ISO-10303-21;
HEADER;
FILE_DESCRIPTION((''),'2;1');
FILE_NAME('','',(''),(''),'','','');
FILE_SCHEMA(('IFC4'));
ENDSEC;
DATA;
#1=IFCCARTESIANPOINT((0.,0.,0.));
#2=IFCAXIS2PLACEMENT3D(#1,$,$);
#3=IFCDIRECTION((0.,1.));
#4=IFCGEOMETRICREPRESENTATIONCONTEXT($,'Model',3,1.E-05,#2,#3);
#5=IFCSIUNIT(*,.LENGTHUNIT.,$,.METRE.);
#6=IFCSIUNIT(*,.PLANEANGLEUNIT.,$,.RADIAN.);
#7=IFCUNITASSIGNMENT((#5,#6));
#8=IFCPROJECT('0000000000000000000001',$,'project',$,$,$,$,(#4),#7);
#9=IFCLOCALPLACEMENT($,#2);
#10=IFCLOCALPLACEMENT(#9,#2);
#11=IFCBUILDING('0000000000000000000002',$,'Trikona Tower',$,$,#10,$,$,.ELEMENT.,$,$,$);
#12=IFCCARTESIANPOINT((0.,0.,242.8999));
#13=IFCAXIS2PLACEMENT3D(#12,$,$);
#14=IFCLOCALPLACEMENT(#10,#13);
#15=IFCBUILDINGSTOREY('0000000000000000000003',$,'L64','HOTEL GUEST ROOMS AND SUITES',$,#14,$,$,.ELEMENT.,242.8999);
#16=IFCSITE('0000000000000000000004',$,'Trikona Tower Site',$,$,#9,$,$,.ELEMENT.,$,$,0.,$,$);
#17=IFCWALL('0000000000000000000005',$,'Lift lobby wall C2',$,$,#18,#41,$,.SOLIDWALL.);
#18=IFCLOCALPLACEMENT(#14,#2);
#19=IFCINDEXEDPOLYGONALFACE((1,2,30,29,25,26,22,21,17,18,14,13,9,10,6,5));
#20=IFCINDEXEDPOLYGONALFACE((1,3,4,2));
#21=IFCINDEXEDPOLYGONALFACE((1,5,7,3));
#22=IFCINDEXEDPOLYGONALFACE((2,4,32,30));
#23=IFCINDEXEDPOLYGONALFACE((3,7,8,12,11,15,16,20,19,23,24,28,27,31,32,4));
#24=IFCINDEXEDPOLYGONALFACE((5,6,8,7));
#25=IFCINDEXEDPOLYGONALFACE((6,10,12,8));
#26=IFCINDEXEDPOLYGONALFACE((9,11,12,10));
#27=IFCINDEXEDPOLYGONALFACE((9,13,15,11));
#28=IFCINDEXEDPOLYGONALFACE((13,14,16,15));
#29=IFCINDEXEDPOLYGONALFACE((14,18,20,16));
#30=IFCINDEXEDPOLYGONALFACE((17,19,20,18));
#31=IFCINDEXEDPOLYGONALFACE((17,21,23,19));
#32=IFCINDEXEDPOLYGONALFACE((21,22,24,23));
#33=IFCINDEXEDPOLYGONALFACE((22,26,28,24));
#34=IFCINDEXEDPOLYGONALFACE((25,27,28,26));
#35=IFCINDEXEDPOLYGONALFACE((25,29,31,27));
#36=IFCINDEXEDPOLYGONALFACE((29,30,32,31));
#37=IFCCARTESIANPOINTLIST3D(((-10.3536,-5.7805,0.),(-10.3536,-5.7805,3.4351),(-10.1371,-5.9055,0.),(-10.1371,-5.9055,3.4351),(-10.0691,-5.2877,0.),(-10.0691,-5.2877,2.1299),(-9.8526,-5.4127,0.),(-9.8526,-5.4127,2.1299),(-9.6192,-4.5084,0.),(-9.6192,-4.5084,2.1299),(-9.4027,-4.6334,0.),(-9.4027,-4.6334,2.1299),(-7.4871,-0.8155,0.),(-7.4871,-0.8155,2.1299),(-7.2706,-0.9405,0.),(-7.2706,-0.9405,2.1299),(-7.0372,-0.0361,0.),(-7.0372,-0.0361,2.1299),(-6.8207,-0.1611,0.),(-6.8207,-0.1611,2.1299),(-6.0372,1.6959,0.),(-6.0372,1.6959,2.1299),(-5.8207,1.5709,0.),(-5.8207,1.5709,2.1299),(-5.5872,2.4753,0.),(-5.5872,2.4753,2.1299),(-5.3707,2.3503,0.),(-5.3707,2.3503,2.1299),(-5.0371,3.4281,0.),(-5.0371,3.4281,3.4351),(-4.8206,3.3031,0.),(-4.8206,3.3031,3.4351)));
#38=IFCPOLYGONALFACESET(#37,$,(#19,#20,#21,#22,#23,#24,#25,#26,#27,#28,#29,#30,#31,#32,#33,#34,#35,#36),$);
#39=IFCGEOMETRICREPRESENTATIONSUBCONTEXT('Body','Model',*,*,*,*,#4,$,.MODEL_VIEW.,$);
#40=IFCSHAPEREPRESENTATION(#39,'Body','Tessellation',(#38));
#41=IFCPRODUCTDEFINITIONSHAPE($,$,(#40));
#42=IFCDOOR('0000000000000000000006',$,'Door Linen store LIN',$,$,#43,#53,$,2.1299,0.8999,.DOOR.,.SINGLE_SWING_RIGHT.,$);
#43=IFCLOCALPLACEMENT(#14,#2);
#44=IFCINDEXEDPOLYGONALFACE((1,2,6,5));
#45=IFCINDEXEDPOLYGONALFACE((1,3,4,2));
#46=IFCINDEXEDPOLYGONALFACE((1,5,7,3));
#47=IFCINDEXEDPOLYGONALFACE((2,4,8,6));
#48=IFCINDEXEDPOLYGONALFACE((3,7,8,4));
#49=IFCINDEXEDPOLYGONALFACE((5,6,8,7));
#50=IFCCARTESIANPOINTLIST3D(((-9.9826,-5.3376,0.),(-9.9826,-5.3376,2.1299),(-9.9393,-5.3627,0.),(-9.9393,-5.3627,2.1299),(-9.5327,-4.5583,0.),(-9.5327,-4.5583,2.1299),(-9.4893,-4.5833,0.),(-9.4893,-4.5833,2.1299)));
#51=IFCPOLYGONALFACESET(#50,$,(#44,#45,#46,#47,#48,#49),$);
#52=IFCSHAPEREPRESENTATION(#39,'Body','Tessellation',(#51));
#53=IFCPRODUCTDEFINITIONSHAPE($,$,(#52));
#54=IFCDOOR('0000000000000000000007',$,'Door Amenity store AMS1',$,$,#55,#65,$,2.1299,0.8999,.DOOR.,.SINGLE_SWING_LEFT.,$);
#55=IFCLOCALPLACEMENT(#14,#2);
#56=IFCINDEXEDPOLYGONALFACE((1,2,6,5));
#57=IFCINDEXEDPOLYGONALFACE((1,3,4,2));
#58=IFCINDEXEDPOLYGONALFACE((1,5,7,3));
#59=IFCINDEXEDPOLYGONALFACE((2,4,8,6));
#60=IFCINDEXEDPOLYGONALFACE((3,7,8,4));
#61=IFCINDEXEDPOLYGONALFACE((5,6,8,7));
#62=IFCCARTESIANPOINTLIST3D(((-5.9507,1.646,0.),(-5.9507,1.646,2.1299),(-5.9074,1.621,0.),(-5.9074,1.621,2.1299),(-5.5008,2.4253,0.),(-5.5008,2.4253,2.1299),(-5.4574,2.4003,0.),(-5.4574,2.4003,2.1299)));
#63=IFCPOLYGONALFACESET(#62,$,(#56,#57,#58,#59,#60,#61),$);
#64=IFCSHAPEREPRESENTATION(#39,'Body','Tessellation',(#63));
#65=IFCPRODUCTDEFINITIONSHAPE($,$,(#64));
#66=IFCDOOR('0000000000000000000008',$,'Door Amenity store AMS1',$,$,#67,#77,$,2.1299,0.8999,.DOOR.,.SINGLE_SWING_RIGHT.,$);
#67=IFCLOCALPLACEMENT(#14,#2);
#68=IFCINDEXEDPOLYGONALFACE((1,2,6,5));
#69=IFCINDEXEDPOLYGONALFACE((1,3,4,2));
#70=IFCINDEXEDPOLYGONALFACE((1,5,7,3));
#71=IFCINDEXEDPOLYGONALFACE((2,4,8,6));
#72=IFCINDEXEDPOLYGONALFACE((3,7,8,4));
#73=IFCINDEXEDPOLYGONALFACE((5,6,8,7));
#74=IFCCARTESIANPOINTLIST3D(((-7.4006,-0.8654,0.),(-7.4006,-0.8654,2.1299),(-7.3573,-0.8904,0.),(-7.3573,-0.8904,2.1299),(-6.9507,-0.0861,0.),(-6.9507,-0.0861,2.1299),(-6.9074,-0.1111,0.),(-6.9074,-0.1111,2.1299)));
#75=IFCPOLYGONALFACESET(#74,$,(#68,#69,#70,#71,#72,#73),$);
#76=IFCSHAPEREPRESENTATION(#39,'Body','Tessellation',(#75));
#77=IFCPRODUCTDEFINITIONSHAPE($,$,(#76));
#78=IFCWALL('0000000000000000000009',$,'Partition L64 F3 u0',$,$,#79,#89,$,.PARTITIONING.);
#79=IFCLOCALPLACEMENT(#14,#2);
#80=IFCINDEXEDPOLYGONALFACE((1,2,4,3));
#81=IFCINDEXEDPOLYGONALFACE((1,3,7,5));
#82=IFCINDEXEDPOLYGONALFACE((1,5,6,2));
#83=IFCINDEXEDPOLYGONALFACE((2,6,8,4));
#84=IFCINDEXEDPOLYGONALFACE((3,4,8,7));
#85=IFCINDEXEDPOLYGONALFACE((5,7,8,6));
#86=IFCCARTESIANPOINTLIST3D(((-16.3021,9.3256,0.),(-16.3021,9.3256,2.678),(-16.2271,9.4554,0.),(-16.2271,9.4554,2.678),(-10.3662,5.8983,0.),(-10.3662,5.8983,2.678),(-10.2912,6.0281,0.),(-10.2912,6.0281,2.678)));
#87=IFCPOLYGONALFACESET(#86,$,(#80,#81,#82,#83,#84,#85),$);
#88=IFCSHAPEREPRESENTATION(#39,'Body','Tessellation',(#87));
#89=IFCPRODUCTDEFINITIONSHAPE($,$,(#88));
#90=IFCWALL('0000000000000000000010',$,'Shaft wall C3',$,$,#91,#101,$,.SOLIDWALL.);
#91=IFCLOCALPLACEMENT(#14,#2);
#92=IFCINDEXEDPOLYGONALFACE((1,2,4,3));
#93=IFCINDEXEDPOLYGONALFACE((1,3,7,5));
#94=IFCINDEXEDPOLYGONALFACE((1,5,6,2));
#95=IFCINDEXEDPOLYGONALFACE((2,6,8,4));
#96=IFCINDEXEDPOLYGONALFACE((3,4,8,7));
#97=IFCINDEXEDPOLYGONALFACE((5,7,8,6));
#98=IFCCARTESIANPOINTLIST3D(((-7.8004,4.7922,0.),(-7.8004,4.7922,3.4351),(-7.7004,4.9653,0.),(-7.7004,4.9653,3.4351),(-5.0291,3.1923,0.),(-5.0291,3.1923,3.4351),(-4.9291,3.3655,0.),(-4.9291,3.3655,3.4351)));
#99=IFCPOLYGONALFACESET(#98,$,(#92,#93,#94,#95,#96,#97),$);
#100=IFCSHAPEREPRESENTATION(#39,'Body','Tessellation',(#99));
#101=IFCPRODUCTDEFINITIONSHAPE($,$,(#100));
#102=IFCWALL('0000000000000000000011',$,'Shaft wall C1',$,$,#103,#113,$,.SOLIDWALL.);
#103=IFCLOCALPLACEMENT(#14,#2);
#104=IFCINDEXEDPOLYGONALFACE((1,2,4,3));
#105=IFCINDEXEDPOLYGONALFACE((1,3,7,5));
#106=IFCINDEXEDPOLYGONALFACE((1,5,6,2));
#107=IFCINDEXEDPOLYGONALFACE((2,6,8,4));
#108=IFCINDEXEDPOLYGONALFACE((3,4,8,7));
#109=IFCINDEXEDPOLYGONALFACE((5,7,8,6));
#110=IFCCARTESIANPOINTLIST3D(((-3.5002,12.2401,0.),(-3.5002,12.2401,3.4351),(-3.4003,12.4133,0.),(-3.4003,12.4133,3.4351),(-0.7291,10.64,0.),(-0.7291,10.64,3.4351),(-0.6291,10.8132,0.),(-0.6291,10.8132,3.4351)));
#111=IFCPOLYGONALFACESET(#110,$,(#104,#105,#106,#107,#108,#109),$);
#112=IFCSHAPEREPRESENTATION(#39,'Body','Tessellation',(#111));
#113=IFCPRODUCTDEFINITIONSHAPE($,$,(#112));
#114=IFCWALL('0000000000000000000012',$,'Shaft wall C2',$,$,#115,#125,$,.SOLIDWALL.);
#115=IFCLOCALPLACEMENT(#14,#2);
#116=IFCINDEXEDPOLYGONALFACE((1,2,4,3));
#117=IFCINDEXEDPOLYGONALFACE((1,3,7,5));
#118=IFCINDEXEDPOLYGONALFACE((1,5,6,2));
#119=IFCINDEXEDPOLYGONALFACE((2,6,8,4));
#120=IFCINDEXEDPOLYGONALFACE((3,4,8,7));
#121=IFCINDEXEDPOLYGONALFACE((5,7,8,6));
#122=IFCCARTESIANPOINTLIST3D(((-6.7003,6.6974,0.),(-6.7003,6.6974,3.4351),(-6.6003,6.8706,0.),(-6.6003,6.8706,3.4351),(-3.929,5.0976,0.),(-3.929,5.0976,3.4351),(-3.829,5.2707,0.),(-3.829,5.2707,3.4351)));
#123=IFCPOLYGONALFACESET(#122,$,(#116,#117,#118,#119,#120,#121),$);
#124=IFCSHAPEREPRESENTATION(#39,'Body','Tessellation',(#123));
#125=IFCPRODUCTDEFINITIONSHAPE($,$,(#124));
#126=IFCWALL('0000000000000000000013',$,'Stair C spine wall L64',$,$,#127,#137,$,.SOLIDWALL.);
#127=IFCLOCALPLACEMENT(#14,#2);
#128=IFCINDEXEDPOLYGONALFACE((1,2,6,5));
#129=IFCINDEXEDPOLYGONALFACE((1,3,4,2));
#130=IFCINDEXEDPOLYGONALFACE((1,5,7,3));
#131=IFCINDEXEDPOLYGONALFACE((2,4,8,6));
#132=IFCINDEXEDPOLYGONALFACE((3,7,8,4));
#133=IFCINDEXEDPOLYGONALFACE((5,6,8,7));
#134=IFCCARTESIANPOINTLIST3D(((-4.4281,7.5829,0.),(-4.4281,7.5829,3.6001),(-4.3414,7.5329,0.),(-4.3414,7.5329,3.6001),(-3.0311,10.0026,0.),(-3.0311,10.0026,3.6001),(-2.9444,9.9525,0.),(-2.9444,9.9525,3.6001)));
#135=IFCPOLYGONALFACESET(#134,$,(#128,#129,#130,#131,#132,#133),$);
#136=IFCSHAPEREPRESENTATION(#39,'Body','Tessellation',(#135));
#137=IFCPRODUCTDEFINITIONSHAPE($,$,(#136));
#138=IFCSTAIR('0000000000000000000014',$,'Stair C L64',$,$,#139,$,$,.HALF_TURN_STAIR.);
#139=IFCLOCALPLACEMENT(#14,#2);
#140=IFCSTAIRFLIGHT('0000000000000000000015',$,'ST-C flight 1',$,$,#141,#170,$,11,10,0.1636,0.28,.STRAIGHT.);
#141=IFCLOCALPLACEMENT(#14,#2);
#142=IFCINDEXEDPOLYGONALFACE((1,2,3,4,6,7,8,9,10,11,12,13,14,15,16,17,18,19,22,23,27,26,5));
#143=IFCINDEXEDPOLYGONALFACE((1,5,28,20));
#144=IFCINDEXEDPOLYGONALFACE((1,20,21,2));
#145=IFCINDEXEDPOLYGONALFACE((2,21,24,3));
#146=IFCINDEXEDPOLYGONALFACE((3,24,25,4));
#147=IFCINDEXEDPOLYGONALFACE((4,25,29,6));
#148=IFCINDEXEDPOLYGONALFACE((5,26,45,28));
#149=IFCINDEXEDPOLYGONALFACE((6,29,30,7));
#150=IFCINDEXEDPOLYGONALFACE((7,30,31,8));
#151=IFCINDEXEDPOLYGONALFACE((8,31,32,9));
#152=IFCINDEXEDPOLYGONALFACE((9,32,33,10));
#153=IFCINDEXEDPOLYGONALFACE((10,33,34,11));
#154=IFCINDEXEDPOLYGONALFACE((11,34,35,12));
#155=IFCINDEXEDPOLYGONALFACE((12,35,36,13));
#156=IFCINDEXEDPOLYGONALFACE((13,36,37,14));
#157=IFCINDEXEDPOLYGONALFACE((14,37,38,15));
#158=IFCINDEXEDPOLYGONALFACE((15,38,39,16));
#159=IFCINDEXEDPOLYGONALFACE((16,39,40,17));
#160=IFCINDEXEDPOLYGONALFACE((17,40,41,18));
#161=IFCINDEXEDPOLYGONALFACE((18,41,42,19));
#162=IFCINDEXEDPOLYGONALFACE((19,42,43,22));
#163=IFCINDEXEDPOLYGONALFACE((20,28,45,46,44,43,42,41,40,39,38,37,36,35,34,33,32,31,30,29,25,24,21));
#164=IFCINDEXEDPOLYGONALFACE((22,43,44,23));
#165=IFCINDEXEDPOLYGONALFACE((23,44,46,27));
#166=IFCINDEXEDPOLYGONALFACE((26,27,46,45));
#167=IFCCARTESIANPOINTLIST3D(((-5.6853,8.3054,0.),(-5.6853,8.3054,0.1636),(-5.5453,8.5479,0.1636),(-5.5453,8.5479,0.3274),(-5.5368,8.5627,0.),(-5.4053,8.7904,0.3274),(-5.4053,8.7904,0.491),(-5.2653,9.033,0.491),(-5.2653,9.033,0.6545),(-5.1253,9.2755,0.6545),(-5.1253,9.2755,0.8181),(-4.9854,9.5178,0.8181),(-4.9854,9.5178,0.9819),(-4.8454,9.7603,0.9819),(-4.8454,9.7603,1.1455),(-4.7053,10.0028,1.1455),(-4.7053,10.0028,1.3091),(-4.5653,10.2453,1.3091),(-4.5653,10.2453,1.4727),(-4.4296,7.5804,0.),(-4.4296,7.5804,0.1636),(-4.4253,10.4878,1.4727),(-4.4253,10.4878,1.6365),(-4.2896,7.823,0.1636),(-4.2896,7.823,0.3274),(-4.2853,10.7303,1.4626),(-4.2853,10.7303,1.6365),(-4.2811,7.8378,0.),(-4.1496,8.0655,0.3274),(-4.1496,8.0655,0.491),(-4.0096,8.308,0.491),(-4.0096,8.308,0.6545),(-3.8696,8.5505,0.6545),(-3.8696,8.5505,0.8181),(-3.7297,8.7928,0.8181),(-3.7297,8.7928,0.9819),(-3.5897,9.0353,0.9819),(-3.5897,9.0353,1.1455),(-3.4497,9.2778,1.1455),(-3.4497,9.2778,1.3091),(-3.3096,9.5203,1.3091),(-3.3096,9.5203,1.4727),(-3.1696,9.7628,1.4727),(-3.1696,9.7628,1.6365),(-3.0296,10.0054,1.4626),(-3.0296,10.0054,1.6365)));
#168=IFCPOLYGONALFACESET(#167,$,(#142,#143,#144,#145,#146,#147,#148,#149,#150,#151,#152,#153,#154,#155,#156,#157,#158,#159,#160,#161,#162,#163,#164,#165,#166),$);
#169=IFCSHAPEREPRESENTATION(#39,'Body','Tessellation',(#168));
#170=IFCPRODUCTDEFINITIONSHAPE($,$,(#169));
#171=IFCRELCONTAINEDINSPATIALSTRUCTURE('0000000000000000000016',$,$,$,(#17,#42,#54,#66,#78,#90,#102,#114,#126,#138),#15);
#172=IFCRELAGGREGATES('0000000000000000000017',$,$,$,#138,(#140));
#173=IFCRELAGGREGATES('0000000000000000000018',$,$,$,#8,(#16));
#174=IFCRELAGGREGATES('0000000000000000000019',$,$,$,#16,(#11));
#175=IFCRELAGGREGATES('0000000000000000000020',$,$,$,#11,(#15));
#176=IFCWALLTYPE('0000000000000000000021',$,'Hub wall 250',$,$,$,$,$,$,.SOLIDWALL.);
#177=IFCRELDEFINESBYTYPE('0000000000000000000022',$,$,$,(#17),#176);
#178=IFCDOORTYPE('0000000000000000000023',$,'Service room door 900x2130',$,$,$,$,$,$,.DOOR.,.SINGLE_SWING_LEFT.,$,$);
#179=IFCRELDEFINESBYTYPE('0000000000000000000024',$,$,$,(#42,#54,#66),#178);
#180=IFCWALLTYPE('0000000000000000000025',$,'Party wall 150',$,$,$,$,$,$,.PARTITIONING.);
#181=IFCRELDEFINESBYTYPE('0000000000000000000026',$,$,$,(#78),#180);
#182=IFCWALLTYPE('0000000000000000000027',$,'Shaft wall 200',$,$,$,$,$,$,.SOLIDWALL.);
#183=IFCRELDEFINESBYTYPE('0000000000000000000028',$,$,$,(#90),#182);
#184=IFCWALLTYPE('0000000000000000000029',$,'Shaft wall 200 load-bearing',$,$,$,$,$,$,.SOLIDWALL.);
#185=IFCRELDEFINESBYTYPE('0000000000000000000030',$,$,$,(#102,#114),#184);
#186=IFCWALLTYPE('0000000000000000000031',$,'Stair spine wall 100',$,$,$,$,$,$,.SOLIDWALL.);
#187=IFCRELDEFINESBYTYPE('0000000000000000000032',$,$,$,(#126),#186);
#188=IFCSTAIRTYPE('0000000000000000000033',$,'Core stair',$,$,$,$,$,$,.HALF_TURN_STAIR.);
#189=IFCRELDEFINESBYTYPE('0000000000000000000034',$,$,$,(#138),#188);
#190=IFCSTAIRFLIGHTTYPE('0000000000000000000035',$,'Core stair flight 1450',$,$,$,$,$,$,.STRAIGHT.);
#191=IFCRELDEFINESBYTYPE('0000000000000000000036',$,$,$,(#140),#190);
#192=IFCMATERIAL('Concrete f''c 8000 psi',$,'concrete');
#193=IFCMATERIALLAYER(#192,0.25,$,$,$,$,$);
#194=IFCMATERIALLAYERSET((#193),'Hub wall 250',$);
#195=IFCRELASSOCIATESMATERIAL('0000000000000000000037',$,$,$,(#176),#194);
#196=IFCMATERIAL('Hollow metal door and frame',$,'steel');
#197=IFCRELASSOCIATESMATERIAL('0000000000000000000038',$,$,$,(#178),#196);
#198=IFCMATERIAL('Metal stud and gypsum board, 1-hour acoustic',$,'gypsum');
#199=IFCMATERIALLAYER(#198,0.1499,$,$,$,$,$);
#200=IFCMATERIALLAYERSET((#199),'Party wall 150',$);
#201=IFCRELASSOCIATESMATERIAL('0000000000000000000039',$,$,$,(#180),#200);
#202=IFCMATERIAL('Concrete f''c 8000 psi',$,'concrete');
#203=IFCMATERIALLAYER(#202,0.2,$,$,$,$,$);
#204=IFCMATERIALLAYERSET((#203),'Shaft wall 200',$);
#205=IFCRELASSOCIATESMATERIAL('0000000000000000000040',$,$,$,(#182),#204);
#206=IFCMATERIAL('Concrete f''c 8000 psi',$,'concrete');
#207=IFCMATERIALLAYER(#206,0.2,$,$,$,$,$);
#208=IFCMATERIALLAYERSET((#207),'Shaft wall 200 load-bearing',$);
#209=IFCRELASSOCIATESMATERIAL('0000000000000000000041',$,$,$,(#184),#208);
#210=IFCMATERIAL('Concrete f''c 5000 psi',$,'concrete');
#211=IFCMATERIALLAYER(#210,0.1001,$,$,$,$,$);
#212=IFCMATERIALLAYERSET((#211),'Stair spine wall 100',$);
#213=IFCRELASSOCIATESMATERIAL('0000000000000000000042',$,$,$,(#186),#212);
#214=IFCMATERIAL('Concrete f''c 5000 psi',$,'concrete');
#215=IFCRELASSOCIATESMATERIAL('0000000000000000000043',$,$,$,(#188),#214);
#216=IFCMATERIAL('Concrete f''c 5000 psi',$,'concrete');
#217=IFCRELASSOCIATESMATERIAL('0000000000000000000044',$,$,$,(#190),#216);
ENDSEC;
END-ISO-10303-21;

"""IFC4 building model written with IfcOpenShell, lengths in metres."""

from ifc_helpers import new_model, si_unit, direction, frame, frame_2d, origin, place, context, subcontext, project, spatial, polyline, rectangle, outline, extrude, material, layer, layer_set, type_object, element, fill, aggregate, save


model = new_model("IFC4")

# Units and contexts
model_context = context("Model", 3, precision=1e-05, world=origin(), true_north=direction((0.0, 1.0)))
body_context = subcontext(model_context, "Body", "Model", "MODEL_VIEW")
ifc_project = project(units=[si_unit("LENGTHUNIT", "METRE"), si_unit("PLANEANGLEUNIT", "RADIAN")], contexts=[model_context])

# Site, building, storey
site_placement = place(None, origin())
site = spatial("IfcSite", under=ifc_project, at=site_placement, Name="Trikona Tower Site", CompositionType="ELEMENT", RefElevation=0.0)
building_placement = place(site_placement, origin())
building = spatial("IfcBuilding", under=site, at=building_placement, Name="Trikona Tower", CompositionType="ELEMENT")
storey_placement = place(building_placement, frame((0.0, 0.0, 242.8999)))
storey = spatial("IfcBuildingStorey", under=building, at=storey_placement, Name="L64", Description="HOTEL GUEST ROOMS AND SUITES", CompositionType="ELEMENT", Elevation=242.8999)

# Wall, openings, doors
ifc_material_1 = material(Name="Concrete f'c 8000 psi", Category="concrete")
ifc_layer_1 = layer(ifc_material_1, 0.25)
ifc_layer_set_1 = layer_set([ifc_layer_1], Name="Hub wall 250")
wall_type_1 = type_object("IfcWallType", Name="Hub wall 250", PredefinedType="SOLIDWALL", material=ifc_layer_set_1)
wall_1_placement = place(storey_placement, frame((-4.929, 3.3655, 0.0), z_axis=(0.0, 0.0, 1.0), x_axis=(-0.499991, -0.86603, 0.0)))
wall_1 = element("IfcWall", 1, at=wall_1_placement, inside=storey, type_object=wall_type_1, Name="Lift lobby wall C2", PredefinedType="SOLIDWALL", context=body_context, shape_type="SweptSolid", body=[
    extrude(rectangle(XDim=10.6331, YDim=0.25, at=frame_2d((5.3164, 0.0))), origin(), (0.0, 0.0, 1.0), 3.4351),
])
opening_1_placement = place(wall_1_placement, frame((9.1641, 0.0, 0.0)))
opening_1 = element("IfcOpeningElement", 2, at=opening_1_placement, cuts=wall_1, PredefinedType="OPENING", context=body_context, shape_type="SweptSolid", body=[
    extrude(rectangle(XDim=0.8999, YDim=2.1299, at=frame_2d((0.45, 1.0649))), frame((0.0, 0.135, 0.0), z_axis=(0.0, -1.0, 0.0), x_axis=(1.0, 0.0, 0.0)), (0.0, 0.0, 1.0), 0.27),
])
opening_2_placement = place(wall_1_placement, frame((1.1001, 0.0, 0.0)))
opening_2 = element("IfcOpeningElement", 3, at=opening_2_placement, cuts=wall_1, PredefinedType="OPENING", context=body_context, shape_type="SweptSolid", body=[
    extrude(rectangle(XDim=0.8999, YDim=2.1299, at=frame_2d((0.45, 1.0649))), frame((0.0, 0.135, 0.0), z_axis=(0.0, -1.0, 0.0), x_axis=(1.0, 0.0, 0.0)), (0.0, 0.0, 1.0), 0.27),
])
opening_3_placement = place(wall_1_placement, frame((4.0, 0.0, 0.0)))
opening_3 = element("IfcOpeningElement", 4, at=opening_3_placement, cuts=wall_1, PredefinedType="OPENING", context=body_context, shape_type="SweptSolid", body=[
    extrude(rectangle(XDim=0.8999, YDim=2.1299, at=frame_2d((0.45, 1.0649))), frame((0.0, 0.135, 0.0), z_axis=(0.0, -1.0, 0.0), x_axis=(1.0, 0.0, 0.0)), (0.0, 0.0, 1.0), 0.27),
])
ifc_material_2 = material(Name="Hollow metal door and frame", Category="steel")
door_type_1 = type_object("IfcDoorType", Name="Service room door 900x2130", OperationType="SINGLE_SWING_LEFT", PredefinedType="DOOR", material=ifc_material_2)
door_1_placement = place(opening_1_placement, origin())
door_1 = element("IfcDoor", 5, at=door_1_placement, inside=storey, type_object=door_type_1, Name="Door Linen store LIN", OperationType="SINGLE_SWING_RIGHT", OverallHeight=2.1299, OverallWidth=0.8999, PredefinedType="DOOR", context=body_context, shape_type="SweptSolid", body=[
    extrude(rectangle(XDim=0.8999, YDim=2.1299, at=frame_2d((0.45, 1.0649))), frame((0.0, 0.0249, 0.0), z_axis=(0.0, -1.0, 0.0), x_axis=(1.0, 0.0, 0.0)), (0.0, 0.0, 1.0), 0.05),
])
fill(opening_1, door_1)
door_2_placement = place(opening_2_placement, origin())
door_2 = element("IfcDoor", 6, at=door_2_placement, inside=storey, type_object=door_type_1, Name="Door Amenity store AMS1", OperationType="SINGLE_SWING_LEFT", OverallHeight=2.1299, OverallWidth=0.8999, PredefinedType="DOOR", context=body_context, shape_type="SweptSolid", body=[
    extrude(rectangle(XDim=0.8999, YDim=2.1299, at=frame_2d((0.45, 1.0649))), frame((0.0, 0.0249, 0.0), z_axis=(0.0, -1.0, 0.0), x_axis=(1.0, 0.0, 0.0)), (0.0, 0.0, 1.0), 0.05),
])
fill(opening_2, door_2)
door_3_placement = place(opening_3_placement, origin())
door_3 = element("IfcDoor", 7, at=door_3_placement, inside=storey, type_object=door_type_1, Name="Door Amenity store AMS1", OperationType="SINGLE_SWING_RIGHT", OverallHeight=2.1299, OverallWidth=0.8999, PredefinedType="DOOR", context=body_context, shape_type="SweptSolid", body=[
    extrude(rectangle(XDim=0.8999, YDim=2.1299, at=frame_2d((0.45, 1.0649))), frame((0.0, 0.0249, 0.0), z_axis=(0.0, -1.0, 0.0), x_axis=(1.0, 0.0, 0.0)), (0.0, 0.0, 1.0), 0.05),
])
fill(opening_3, door_3)

# Walls
ifc_material_3 = material(Name="Metal stud and gypsum board, 1-hour acoustic", Category="gypsum")
ifc_layer_2 = layer(ifc_material_3, 0.1499)
ifc_layer_set_2 = layer_set([ifc_layer_2], Name="Party wall 150")
wall_type_2 = type_object("IfcWallType", Name="Party wall 150", PredefinedType="PARTITIONING", material=ifc_layer_set_2)
wall_2_placement = place(storey_placement, frame((-10.3286, 5.9631, 0.0), z_axis=(0.0, 0.0, 1.0), x_axis=(-0.866012, 0.500024, 0.0)))
element("IfcWall", 8, at=wall_2_placement, inside=storey, type_object=wall_type_2, Name="Partition L64 F3 u0", PredefinedType="PARTITIONING", context=body_context, shape_type="SweptSolid", body=[
    extrude(rectangle(XDim=6.8542, YDim=0.1499, at=frame_2d((3.4272, 0.0))), origin(), (0.0, 0.0, 1.0), 2.678),
])
ifc_material_4 = material(Name="Concrete f'c 8000 psi", Category="concrete")
ifc_layer_3 = layer(ifc_material_4, 0.2)
ifc_layer_set_3 = layer_set([ifc_layer_3], Name="Shaft wall 200")
wall_type_3 = type_object("IfcWallType", Name="Shaft wall 200", PredefinedType="SOLIDWALL", material=ifc_layer_set_3)
wall_3_placement = place(storey_placement, frame((-4.979, 3.2788, 0.0), z_axis=(0.0, 0.0, 1.0), x_axis=(-0.866042, 0.499971, 0.0)))
element("IfcWall", 9, at=wall_3_placement, inside=storey, type_object=wall_type_3, Name="Shaft wall C3", PredefinedType="SOLIDWALL", context=body_context, shape_type="SweptSolid", body=[
    extrude(rectangle(XDim=3.2, YDim=0.2, at=frame_2d((1.6001, 0.0))), origin(), (0.0, 0.0, 1.0), 3.4351),
])
ifc_material_5 = material(Name="Concrete f'c 8000 psi", Category="concrete")
ifc_layer_4 = layer(ifc_material_5, 0.2)
ifc_layer_set_4 = layer_set([ifc_layer_4], Name="Shaft wall 200 load-bearing")
wall_type_4 = type_object("IfcWallType", Name="Shaft wall 200 load-bearing", PredefinedType="SOLIDWALL", material=ifc_layer_set_4)
for number, where, z_axis, x_axis, name in (
    (10, (-0.679, 10.7266, 0.0), (0.0, 0.0, 1.0), (-0.866009, 0.500028, 0.0), "Shaft wall C1"),
    (11, (-3.8789, 5.1841, 0.0), (0.0, 0.0, 1.0), (-0.866042, 0.499971, 0.0), "Shaft wall C2"),
):
    element("IfcWall", number, at=place(storey_placement, frame(where, z_axis=z_axis, x_axis=x_axis)), inside=storey, type_object=wall_type_4, Name=name, PredefinedType="SOLIDWALL", context=body_context, shape_type="SweptSolid", body=[
        extrude(rectangle(XDim=3.2, YDim=0.2, at=frame_2d((1.6001, 0.0))), origin(), (0.0, 0.0, 1.0), 3.4351),
    ])
ifc_material_6 = material(Name="Concrete f'c 5000 psi", Category="concrete")
ifc_layer_5 = layer(ifc_material_6, 0.1001)
ifc_layer_set_5 = layer_set([ifc_layer_5], Name="Stair spine wall 100")
wall_type_5 = type_object("IfcWallType", Name="Stair spine wall 100", PredefinedType="SOLIDWALL", material=ifc_layer_set_5)
wall_4_placement = place(storey_placement, frame((-2.9878, 9.9775, 0.0), z_axis=(0.0, 0.0, 1.0), x_axis=(-0.499992, -0.86603, 0.0)))
element("IfcWall", 12, at=wall_4_placement, inside=storey, type_object=wall_type_5, Name="Stair C spine wall L64", PredefinedType="SOLIDWALL", context=body_context, shape_type="SweptSolid", body=[
    extrude(rectangle(XDim=2.7939, YDim=0.1001, at=frame_2d((1.397, 0.0))), origin(), (0.0, 0.0, 1.0), 3.6001),
])

# Stair, stair flight
ifc_material_7 = material(Name="Concrete f'c 5000 psi", Category="concrete")
stair_type = type_object("IfcStairType", Name="Core stair", PredefinedType="HALF_TURN_STAIR", material=ifc_material_7)
stair_placement = place(storey_placement, origin())
stair = element("IfcStair", 13, at=stair_placement, inside=storey, type_object=stair_type, Name="Stair C L64", PredefinedType="HALF_TURN_STAIR")
ifc_material_8 = material(Name="Concrete f'c 5000 psi", Category="concrete")
stair_flight_type = type_object("IfcStairFlightType", Name="Core stair flight 1450", PredefinedType="STRAIGHT", material=ifc_material_8)
stair_flight_1_placement = place(storey_placement, frame((-5.0574, 7.9429, 0.0), z_axis=(0.0, 0.0, 1.0), x_axis=(0.5, 0.866025, 0.0)))
stair_flight_1 = element("IfcStairFlight", 14, at=stair_flight_1_placement, type_object=stair_flight_type, Name="ST-C flight 1", NumberOfRisers=11, NumberOfTreads=10, PredefinedType="STRAIGHT", RiserHeight=0.1636, TreadLength=0.28, context=body_context, shape_type="SweptSolid", body=[
    extrude(outline(polyline([(0.0, 0.0), (0.0, 0.1636), (0.28, 0.1636), (0.28, 0.3274), (0.5601, 0.3274), (0.5601, 0.491), (0.8401, 0.491), (0.8401, 0.6545), (1.1201, 0.6545), (1.1201, 0.8181), (1.3999, 0.8181), (1.3999, 0.9819), (1.6799, 0.9819), (1.6799, 1.1455), (1.96, 1.1455), (1.96, 1.3091), (2.24, 1.3091), (2.24, 1.4727), (2.52, 1.4727), (2.52, 1.6365), (2.8, 1.6365), (2.8, 1.8), (2.8, 1.4626), (0.2971, 0.0), (0.0, 0.0)])), frame((0.0, 0.7251, 0.0), z_axis=(0.0, -1.0, 0.0), x_axis=(1.0, 0.0, 0.0)), (0.0, 0.0, 1.0), 1.45),
])
aggregate(stair, [stair_flight_1])

save(model, "model.ifc")
